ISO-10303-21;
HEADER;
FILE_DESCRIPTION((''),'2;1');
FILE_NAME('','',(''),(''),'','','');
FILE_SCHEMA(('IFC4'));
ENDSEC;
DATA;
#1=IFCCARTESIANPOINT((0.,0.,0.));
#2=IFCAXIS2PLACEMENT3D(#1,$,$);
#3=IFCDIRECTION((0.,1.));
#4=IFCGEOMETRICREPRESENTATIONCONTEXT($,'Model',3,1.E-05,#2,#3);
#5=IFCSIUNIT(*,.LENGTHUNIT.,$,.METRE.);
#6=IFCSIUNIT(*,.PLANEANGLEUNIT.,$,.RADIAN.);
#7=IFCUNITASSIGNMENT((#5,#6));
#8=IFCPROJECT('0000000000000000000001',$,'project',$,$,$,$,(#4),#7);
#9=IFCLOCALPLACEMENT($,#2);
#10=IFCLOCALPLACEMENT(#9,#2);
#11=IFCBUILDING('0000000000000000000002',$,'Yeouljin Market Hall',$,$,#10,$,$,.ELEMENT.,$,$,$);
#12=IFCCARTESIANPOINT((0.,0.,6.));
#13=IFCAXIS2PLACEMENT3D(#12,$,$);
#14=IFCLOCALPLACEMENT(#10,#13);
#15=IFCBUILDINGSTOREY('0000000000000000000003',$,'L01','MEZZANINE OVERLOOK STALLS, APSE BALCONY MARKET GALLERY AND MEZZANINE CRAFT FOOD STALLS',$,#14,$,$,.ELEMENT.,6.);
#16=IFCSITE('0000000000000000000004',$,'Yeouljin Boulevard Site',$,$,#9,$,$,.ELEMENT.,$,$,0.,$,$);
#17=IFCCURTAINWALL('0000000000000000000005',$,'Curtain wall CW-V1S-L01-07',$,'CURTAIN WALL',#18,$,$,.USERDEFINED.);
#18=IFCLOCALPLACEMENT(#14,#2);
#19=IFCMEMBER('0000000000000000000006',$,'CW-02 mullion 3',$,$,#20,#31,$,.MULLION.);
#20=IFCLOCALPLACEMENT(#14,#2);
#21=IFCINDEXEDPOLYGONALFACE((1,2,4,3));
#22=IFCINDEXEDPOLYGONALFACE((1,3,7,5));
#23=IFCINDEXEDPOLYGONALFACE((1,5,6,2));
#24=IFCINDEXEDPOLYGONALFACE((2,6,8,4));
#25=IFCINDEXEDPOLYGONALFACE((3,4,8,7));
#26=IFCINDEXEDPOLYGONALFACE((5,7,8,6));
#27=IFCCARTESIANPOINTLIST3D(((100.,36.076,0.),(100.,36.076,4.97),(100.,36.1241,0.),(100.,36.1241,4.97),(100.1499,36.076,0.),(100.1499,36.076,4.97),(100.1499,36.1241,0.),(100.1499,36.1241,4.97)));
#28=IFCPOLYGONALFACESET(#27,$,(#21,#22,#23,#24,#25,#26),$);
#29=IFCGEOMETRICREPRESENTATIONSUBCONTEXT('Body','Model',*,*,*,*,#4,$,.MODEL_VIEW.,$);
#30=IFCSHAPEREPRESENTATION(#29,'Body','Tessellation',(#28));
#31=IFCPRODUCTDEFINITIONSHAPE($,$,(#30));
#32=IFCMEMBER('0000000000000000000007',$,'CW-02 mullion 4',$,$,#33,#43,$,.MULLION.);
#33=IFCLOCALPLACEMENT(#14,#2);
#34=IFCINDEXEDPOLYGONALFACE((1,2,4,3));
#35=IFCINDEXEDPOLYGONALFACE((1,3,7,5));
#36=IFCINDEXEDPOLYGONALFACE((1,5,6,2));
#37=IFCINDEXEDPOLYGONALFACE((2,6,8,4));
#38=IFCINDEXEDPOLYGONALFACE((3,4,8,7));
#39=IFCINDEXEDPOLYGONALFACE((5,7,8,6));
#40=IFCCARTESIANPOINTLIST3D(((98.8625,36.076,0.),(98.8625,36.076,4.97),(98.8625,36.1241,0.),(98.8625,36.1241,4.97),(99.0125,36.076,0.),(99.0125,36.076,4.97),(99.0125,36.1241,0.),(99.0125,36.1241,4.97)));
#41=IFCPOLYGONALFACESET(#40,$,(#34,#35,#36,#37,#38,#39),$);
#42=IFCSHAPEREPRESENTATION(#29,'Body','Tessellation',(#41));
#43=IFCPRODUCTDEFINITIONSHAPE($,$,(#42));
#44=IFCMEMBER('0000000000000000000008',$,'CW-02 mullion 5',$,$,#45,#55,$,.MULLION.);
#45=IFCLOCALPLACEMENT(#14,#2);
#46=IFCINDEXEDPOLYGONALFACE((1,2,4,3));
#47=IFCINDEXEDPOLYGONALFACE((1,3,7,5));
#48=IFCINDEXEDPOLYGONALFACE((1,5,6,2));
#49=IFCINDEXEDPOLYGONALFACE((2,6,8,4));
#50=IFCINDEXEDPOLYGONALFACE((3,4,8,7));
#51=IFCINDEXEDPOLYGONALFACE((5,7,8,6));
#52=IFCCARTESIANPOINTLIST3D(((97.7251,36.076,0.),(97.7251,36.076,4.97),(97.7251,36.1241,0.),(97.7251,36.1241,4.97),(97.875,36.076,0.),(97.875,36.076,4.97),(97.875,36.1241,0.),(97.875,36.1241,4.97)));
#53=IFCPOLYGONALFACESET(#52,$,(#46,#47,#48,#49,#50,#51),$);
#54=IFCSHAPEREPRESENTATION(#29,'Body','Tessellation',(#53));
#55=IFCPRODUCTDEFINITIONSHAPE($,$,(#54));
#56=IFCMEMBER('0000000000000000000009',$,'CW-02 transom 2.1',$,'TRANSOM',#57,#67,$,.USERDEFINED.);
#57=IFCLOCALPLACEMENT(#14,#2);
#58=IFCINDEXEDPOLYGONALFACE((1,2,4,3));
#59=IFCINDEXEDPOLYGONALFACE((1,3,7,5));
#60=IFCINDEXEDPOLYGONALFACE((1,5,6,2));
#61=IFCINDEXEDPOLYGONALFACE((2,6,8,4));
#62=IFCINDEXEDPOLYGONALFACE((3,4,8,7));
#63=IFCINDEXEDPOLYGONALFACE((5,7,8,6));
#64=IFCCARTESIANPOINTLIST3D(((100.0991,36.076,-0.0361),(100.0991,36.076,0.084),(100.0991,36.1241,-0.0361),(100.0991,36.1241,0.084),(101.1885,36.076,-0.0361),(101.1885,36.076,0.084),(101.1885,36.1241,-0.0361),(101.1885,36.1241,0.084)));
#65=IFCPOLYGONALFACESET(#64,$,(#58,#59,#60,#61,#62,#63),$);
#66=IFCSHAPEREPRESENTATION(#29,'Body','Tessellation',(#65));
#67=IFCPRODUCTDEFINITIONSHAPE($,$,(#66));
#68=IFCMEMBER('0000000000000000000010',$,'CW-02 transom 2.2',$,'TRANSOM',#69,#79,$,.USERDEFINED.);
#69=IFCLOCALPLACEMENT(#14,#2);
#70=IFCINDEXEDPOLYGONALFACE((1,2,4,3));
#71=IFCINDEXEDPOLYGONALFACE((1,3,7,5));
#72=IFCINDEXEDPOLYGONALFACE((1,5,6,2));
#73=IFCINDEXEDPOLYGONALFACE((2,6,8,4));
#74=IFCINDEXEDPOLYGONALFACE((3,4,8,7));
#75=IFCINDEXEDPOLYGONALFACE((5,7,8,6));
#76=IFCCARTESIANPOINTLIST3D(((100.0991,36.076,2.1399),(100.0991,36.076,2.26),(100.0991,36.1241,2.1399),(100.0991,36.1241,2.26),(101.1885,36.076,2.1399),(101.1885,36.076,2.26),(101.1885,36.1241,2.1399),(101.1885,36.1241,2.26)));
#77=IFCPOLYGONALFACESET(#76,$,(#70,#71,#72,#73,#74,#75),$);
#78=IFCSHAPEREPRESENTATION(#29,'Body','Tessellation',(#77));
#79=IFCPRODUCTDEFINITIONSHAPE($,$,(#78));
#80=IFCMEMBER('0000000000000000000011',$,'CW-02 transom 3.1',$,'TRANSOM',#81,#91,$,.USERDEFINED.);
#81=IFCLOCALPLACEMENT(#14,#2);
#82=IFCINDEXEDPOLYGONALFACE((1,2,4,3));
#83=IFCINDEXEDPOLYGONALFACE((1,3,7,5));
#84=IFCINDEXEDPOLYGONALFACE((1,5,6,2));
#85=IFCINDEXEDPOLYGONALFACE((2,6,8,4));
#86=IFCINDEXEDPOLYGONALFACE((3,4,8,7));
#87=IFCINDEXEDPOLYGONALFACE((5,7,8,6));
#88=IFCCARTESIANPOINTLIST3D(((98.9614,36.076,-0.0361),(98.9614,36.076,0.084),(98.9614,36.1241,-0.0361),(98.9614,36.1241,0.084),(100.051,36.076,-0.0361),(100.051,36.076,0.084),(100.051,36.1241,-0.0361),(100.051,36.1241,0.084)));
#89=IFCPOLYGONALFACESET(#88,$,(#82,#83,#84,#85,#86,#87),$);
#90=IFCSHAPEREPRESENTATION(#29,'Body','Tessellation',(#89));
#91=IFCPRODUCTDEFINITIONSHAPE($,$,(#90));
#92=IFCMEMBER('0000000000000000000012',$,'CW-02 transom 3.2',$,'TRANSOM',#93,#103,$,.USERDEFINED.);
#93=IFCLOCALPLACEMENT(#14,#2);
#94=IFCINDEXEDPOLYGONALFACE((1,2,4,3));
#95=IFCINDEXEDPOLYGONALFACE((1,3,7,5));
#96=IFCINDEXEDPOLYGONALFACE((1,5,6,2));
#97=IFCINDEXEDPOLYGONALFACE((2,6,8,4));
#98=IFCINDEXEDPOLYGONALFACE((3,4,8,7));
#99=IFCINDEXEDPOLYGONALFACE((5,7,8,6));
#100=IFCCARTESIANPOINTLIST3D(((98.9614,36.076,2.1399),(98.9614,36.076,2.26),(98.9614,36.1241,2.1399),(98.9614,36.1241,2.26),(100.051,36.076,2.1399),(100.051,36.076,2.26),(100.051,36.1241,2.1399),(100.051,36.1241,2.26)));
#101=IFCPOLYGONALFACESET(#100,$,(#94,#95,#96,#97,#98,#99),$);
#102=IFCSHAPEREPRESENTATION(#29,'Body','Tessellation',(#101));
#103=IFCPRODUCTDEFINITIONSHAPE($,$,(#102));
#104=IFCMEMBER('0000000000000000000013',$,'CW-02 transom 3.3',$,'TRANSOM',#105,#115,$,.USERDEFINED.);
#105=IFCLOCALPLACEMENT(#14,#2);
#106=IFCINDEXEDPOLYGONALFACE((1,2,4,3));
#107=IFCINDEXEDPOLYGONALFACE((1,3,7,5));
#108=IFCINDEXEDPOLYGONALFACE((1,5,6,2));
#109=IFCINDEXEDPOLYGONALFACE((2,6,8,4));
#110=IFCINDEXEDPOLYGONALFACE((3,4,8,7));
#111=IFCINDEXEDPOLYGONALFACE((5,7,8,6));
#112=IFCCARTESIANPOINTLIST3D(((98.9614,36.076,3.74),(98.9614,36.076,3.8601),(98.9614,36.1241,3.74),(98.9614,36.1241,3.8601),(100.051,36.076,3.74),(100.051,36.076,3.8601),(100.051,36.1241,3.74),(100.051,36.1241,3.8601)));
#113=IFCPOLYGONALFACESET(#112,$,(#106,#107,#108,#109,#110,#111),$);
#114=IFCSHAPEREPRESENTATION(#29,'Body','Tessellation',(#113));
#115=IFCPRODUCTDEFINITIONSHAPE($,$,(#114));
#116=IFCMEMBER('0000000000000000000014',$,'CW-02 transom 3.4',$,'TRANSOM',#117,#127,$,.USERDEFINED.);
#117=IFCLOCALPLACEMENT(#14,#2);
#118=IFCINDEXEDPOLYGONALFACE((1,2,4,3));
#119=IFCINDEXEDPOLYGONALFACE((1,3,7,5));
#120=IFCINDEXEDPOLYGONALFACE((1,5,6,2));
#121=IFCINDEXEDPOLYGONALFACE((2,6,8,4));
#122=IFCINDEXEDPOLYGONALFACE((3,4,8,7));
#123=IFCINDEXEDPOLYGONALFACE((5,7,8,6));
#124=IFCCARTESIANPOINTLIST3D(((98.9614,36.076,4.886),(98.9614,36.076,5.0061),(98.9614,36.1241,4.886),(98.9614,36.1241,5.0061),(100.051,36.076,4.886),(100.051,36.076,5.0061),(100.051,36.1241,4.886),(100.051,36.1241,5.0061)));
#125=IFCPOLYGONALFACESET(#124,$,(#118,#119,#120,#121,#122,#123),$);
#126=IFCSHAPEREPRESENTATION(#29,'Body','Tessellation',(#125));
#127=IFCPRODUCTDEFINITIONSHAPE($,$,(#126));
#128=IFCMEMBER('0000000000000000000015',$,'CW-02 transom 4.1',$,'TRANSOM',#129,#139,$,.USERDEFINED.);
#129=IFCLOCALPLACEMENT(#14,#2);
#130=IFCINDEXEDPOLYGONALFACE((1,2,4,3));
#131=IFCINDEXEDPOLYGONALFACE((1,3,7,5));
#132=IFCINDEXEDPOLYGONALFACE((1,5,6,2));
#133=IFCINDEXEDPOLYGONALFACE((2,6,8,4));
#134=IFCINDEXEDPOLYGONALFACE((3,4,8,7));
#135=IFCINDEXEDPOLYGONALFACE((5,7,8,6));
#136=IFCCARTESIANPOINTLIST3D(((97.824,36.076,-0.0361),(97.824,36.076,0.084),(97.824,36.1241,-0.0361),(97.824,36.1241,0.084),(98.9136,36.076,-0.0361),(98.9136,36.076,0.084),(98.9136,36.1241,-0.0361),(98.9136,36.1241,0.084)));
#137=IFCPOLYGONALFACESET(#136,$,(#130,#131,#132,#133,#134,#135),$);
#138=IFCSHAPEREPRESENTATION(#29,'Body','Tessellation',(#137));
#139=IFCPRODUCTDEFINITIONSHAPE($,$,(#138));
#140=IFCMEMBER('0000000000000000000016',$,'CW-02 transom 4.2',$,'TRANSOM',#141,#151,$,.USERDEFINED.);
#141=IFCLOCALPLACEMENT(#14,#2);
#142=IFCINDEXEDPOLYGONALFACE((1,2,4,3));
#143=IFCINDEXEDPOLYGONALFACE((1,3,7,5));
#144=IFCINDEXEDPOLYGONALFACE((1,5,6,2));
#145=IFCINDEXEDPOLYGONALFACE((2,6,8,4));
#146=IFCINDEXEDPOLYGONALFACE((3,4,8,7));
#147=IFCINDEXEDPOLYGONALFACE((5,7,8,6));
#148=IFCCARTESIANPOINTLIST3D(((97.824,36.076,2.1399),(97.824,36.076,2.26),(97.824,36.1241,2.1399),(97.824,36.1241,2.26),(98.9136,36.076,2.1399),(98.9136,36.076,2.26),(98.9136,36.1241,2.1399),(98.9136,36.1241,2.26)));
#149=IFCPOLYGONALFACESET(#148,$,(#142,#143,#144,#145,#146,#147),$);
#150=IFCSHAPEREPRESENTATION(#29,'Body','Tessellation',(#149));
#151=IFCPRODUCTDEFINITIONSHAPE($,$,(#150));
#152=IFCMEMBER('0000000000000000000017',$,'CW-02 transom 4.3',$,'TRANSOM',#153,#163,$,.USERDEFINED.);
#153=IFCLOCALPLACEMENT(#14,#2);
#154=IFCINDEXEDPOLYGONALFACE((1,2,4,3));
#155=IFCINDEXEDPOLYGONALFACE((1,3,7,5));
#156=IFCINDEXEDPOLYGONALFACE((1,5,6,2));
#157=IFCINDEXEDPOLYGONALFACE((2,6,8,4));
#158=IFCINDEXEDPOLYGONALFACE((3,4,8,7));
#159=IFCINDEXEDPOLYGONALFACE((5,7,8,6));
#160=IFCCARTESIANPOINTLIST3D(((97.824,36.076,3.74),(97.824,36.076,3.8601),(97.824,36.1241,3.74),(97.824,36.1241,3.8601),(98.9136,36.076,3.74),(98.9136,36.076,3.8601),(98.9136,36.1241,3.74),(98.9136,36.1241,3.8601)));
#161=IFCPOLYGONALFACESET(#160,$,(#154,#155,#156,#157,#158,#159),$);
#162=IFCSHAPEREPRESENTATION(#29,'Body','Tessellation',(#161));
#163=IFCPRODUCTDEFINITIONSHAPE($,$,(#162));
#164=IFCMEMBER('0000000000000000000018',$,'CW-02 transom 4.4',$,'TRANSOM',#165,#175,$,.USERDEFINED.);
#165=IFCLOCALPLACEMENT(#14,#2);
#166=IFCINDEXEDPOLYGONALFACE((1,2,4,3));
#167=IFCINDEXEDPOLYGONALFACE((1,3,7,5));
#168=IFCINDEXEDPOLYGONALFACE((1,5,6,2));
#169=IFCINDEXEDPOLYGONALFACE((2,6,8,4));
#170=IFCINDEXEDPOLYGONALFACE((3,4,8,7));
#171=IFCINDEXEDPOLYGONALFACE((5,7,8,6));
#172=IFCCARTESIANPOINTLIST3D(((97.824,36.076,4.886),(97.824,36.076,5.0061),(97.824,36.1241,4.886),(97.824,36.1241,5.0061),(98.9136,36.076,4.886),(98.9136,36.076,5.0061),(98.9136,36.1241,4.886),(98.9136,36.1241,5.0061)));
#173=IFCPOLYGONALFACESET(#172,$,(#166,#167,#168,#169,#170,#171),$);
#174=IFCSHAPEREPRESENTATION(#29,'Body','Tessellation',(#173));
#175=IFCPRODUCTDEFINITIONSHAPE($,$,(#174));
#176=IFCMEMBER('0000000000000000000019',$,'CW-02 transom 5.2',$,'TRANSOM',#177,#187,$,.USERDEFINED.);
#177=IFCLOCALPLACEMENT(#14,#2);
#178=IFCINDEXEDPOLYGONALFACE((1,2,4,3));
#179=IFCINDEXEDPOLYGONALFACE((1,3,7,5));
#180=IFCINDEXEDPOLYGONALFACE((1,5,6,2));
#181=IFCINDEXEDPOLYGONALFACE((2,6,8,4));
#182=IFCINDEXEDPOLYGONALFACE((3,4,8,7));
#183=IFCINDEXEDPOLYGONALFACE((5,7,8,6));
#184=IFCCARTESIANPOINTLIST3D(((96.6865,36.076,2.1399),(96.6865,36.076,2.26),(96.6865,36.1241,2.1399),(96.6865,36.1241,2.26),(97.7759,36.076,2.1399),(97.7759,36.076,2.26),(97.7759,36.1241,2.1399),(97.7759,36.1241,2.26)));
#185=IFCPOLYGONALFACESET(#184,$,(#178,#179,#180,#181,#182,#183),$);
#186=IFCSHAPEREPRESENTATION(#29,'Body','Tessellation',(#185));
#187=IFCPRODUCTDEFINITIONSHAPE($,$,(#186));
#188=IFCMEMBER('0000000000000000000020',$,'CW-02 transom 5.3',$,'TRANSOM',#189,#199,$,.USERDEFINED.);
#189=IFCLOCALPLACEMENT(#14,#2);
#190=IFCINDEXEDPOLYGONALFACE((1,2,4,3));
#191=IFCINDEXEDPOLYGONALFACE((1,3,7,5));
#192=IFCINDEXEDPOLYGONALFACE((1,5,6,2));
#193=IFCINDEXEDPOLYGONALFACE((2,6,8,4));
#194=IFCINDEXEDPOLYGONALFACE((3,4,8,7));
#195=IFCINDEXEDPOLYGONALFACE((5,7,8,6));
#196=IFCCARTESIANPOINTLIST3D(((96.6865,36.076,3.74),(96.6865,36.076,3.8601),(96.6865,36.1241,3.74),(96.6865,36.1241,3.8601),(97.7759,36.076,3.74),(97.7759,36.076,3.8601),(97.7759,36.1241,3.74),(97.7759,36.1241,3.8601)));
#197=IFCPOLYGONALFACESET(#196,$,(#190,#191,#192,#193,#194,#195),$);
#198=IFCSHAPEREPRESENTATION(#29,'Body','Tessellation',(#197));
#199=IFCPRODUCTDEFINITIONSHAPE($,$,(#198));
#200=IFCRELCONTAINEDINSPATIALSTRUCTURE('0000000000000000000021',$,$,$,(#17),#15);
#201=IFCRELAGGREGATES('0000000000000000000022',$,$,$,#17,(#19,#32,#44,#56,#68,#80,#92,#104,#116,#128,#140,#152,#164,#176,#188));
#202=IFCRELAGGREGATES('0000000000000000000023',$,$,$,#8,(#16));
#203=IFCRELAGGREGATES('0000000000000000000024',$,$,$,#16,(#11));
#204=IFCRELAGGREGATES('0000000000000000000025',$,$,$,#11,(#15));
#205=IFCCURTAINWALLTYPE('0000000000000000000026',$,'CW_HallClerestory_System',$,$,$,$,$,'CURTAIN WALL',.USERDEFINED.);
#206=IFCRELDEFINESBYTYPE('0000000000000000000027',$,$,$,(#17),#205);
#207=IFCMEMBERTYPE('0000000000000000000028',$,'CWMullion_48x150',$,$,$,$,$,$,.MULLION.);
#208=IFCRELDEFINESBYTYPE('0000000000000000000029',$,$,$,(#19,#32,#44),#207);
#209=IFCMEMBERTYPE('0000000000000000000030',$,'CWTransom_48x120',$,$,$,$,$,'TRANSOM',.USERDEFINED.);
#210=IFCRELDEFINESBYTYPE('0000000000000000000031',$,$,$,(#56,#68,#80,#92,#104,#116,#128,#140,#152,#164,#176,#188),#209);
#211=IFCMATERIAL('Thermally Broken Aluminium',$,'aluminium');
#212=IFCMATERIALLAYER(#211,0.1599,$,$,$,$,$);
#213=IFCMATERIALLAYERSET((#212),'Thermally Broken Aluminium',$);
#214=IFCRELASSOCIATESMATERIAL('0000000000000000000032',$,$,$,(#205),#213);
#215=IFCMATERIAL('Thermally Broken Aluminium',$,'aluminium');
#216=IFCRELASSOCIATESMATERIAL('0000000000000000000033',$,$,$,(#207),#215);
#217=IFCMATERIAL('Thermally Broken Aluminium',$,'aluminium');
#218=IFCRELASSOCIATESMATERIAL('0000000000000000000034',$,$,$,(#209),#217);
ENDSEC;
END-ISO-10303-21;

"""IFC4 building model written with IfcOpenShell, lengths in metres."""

from ifc_helpers import new_model, si_unit, direction, frame, origin, origin_2d, place, context, subcontext, project, spatial, rectangle, extrude, material, layer, layer_set, material_profile, profile_set, type_object, element, aggregate, save


model = new_model("IFC4")

# Units and contexts
model_context = context("Model", 3, precision=1e-05, world=origin(), true_north=direction((0.0, 1.0)))
body_context = subcontext(model_context, "Body", "Model", "MODEL_VIEW")
ifc_project = project(units=[si_unit("LENGTHUNIT", "METRE"), si_unit("PLANEANGLEUNIT", "RADIAN")], contexts=[model_context])

# Site, building, storey
site_placement = place(None, origin())
site = spatial("IfcSite", under=ifc_project, at=site_placement, Name="Yeouljin Boulevard Site", CompositionType="ELEMENT", RefElevation=0.0)
building_placement = place(site_placement, origin())
building = spatial("IfcBuilding", under=site, at=building_placement, Name="Yeouljin Market Hall", CompositionType="ELEMENT")
storey_placement = place(building_placement, frame((0.0, 0.0, 6.0)))
storey = spatial("IfcBuildingStorey", under=building, at=storey_placement, Name="L01", Description="MEZZANINE OVERLOOK STALLS, APSE BALCONY MARKET GALLERY AND MEZZANINE CRAFT FOOD STALLS", CompositionType="ELEMENT", Elevation=6.0)

# Curtain wall, members
ifc_material_1 = material(Name="Thermally Broken Aluminium", Category="aluminium")
ifc_layer_1 = layer(ifc_material_1, 0.1599)
ifc_layer_set_1 = layer_set([ifc_layer_1], Name="Thermally Broken Aluminium")
curtain_wall_type = type_object("IfcCurtainWallType", Name="CW_HallClerestory_System", ElementType="CURTAIN WALL", PredefinedType="USERDEFINED", material=ifc_layer_set_1)
curtain_wall_placement = place(storey_placement, origin())
curtain_wall = element("IfcCurtainWall", 1, at=curtain_wall_placement, inside=storey, type_object=curtain_wall_type, Name="Curtain wall CW-V1S-L01-07", ObjectType="CURTAIN WALL", PredefinedType="USERDEFINED")
ifc_material_2 = material(Name="Thermally Broken Aluminium", Category="aluminium")
ifc_material_profile_1 = material_profile(ifc_material_2, rectangle(XDim=0.0481, YDim=0.1499, at=origin_2d()), Name="CW-MULL-48x150")
ifc_profile_set_1 = profile_set([ifc_material_profile_1], Name="Thermally Broken Aluminium")
member_type_1 = type_object("IfcMemberType", Name="CWMullion_48x150", PredefinedType="MULLION", material=ifc_profile_set_1)
member_1_placement = place(storey_placement, frame((100.075, 36.1001, 0.0), z_axis=(0.0, 0.0, 1.0), x_axis=(0.0, -1.0, 0.0)))
member_1 = element("IfcMember", 2, at=member_1_placement, type_object=member_type_1, Name="CW-02 mullion 3", PredefinedType="MULLION", context=body_context, shape_type="SweptSolid", body=[
    extrude(rectangle(XDim=0.0481, YDim=0.1499, at=origin_2d()), origin(), (0.0, 0.0, 1.0), 4.97),
])
member_2_placement = place(storey_placement, frame((98.9375, 36.1001, 0.0), z_axis=(0.0, 0.0, 1.0), x_axis=(0.0, -1.0, 0.0)))
member_2 = element("IfcMember", 3, at=member_2_placement, type_object=member_type_1, Name="CW-02 mullion 4", PredefinedType="MULLION", context=body_context, shape_type="SweptSolid", body=[
    extrude(rectangle(XDim=0.0481, YDim=0.1499, at=origin_2d()), origin(), (0.0, 0.0, 1.0), 4.97),
])
member_3_placement = place(storey_placement, frame((97.8, 36.1001, 0.0), z_axis=(0.0, 0.0, 1.0), x_axis=(0.0, -1.0, 0.0)))
member_3 = element("IfcMember", 4, at=member_3_placement, type_object=member_type_1, Name="CW-02 mullion 5", PredefinedType="MULLION", context=body_context, shape_type="SweptSolid", body=[
    extrude(rectangle(XDim=0.0481, YDim=0.1499, at=origin_2d()), origin(), (0.0, 0.0, 1.0), 4.97),
])
ifc_material_3 = material(Name="Thermally Broken Aluminium", Category="aluminium")
ifc_material_profile_2 = material_profile(ifc_material_3, rectangle(XDim=0.0481, YDim=0.1201, at=origin_2d()), Name="CW-TRAN-48x120")
ifc_profile_set_2 = profile_set([ifc_material_profile_2], Name="Thermally Broken Aluminium")
member_type_2 = type_object("IfcMemberType", Name="CWTransom_48x120", ElementType="TRANSOM", PredefinedType="USERDEFINED", material=ifc_profile_set_2)
member_4_placement = place(storey_placement, frame((101.1885, 36.1001, 0.0239), z_axis=(-1.0, 0.0, 0.0), x_axis=(0.0, -1.0, 0.0)))
member_4 = element("IfcMember", 5, at=member_4_placement, type_object=member_type_2, Name="CW-02 transom 2.1", ObjectType="TRANSOM", PredefinedType="USERDEFINED", context=body_context, shape_type="SweptSolid", body=[
    extrude(rectangle(XDim=0.0481, YDim=0.1201, at=origin_2d()), origin(), (0.0, 0.0, 1.0), 1.0894),
])
member_5_placement = place(storey_placement, frame((101.1885, 36.1001, 2.2), z_axis=(-1.0, 0.0, 0.0), x_axis=(0.0, -1.0, 0.0)))
member_5 = element("IfcMember", 6, at=member_5_placement, type_object=member_type_2, Name="CW-02 transom 2.2", ObjectType="TRANSOM", PredefinedType="USERDEFINED", context=body_context, shape_type="SweptSolid", body=[
    extrude(rectangle(XDim=0.0481, YDim=0.1201, at=origin_2d()), origin(), (0.0, 0.0, 1.0), 1.0894),
])
member_6_placement = place(storey_placement, frame((100.051, 36.1001, 0.0239), z_axis=(-1.0, 0.0, 0.0), x_axis=(0.0, -1.0, 0.0)))
member_6 = element("IfcMember", 7, at=member_6_placement, type_object=member_type_2, Name="CW-02 transom 3.1", ObjectType="TRANSOM", PredefinedType="USERDEFINED", context=body_context, shape_type="SweptSolid", body=[
    extrude(rectangle(XDim=0.0481, YDim=0.1201, at=origin_2d()), origin(), (0.0, 0.0, 1.0), 1.0896),
])
member_7_placement = place(storey_placement, frame((100.051, 36.1001, 2.2), z_axis=(-1.0, 0.0, 0.0), x_axis=(0.0, -1.0, 0.0)))
member_7 = element("IfcMember", 8, at=member_7_placement, type_object=member_type_2, Name="CW-02 transom 3.2", ObjectType="TRANSOM", PredefinedType="USERDEFINED", context=body_context, shape_type="SweptSolid", body=[
    extrude(rectangle(XDim=0.0481, YDim=0.1201, at=origin_2d()), origin(), (0.0, 0.0, 1.0), 1.0896),
])
member_8_placement = place(storey_placement, frame((100.051, 36.1001, 3.8), z_axis=(-1.0, 0.0, 0.0), x_axis=(0.0, -1.0, 0.0)))
member_8 = element("IfcMember", 9, at=member_8_placement, type_object=member_type_2, Name="CW-02 transom 3.3", ObjectType="TRANSOM", PredefinedType="USERDEFINED", context=body_context, shape_type="SweptSolid", body=[
    extrude(rectangle(XDim=0.0481, YDim=0.1201, at=origin_2d()), origin(), (0.0, 0.0, 1.0), 1.0896),
])
member_9_placement = place(storey_placement, frame((100.051, 36.1001, 4.946), z_axis=(-1.0, 0.0, 0.0), x_axis=(0.0, -1.0, 0.0)))
member_9 = element("IfcMember", 10, at=member_9_placement, type_object=member_type_2, Name="CW-02 transom 3.4", ObjectType="TRANSOM", PredefinedType="USERDEFINED", context=body_context, shape_type="SweptSolid", body=[
    extrude(rectangle(XDim=0.0481, YDim=0.1201, at=origin_2d()), origin(), (0.0, 0.0, 1.0), 1.0896),
])
member_10_placement = place(storey_placement, frame((98.9136, 36.1001, 0.0239), z_axis=(-1.0, 0.0, 0.0), x_axis=(0.0, -1.0, 0.0)))
member_10 = element("IfcMember", 11, at=member_10_placement, type_object=member_type_2, Name="CW-02 transom 4.1", ObjectType="TRANSOM", PredefinedType="USERDEFINED", context=body_context, shape_type="SweptSolid", body=[
    extrude(rectangle(XDim=0.0481, YDim=0.1201, at=origin_2d()), origin(), (0.0, 0.0, 1.0), 1.0896),
])
member_11_placement = place(storey_placement, frame((98.9136, 36.1001, 2.2), z_axis=(-1.0, 0.0, 0.0), x_axis=(0.0, -1.0, 0.0)))
member_11 = element("IfcMember", 12, at=member_11_placement, type_object=member_type_2, Name="CW-02 transom 4.2", ObjectType="TRANSOM", PredefinedType="USERDEFINED", context=body_context, shape_type="SweptSolid", body=[
    extrude(rectangle(XDim=0.0481, YDim=0.1201, at=origin_2d()), origin(), (0.0, 0.0, 1.0), 1.0896),
])
member_12_placement = place(storey_placement, frame((98.9136, 36.1001, 3.8), z_axis=(-1.0, 0.0, 0.0), x_axis=(0.0, -1.0, 0.0)))
member_12 = element("IfcMember", 13, at=member_12_placement, type_object=member_type_2, Name="CW-02 transom 4.3", ObjectType="TRANSOM", PredefinedType="USERDEFINED", context=body_context, shape_type="SweptSolid", body=[
    extrude(rectangle(XDim=0.0481, YDim=0.1201, at=origin_2d()), origin(), (0.0, 0.0, 1.0), 1.0896),
])
member_13_placement = place(storey_placement, frame((98.9136, 36.1001, 4.946), z_axis=(-1.0, 0.0, 0.0), x_axis=(0.0, -1.0, 0.0)))
member_13 = element("IfcMember", 14, at=member_13_placement, type_object=member_type_2, Name="CW-02 transom 4.4", ObjectType="TRANSOM", PredefinedType="USERDEFINED", context=body_context, shape_type="SweptSolid", body=[
    extrude(rectangle(XDim=0.0481, YDim=0.1201, at=origin_2d()), origin(), (0.0, 0.0, 1.0), 1.0896),
])
member_14_placement = place(storey_placement, frame((97.7759, 36.1001, 2.2), z_axis=(-1.0, 0.0, 0.0), x_axis=(0.0, -1.0, 0.0)))
member_14 = element("IfcMember", 15, at=member_14_placement, type_object=member_type_2, Name="CW-02 transom 5.2", ObjectType="TRANSOM", PredefinedType="USERDEFINED", context=body_context, shape_type="SweptSolid", body=[
    extrude(rectangle(XDim=0.0481, YDim=0.1201, at=origin_2d()), origin(), (0.0, 0.0, 1.0), 1.0894),
])
member_15_placement = place(storey_placement, frame((97.7759, 36.1001, 3.8), z_axis=(-1.0, 0.0, 0.0), x_axis=(0.0, -1.0, 0.0)))
member_15 = element("IfcMember", 16, at=member_15_placement, type_object=member_type_2, Name="CW-02 transom 5.3", ObjectType="TRANSOM", PredefinedType="USERDEFINED", context=body_context, shape_type="SweptSolid", body=[
    extrude(rectangle(XDim=0.0481, YDim=0.1201, at=origin_2d()), origin(), (0.0, 0.0, 1.0), 1.0894),
])
aggregate(curtain_wall, [member_1, member_2, member_3, member_4, member_5, member_6, member_7, member_8, member_9, member_10, member_11, member_12, member_13, member_14, member_15])

save(model, "model.ifc")
